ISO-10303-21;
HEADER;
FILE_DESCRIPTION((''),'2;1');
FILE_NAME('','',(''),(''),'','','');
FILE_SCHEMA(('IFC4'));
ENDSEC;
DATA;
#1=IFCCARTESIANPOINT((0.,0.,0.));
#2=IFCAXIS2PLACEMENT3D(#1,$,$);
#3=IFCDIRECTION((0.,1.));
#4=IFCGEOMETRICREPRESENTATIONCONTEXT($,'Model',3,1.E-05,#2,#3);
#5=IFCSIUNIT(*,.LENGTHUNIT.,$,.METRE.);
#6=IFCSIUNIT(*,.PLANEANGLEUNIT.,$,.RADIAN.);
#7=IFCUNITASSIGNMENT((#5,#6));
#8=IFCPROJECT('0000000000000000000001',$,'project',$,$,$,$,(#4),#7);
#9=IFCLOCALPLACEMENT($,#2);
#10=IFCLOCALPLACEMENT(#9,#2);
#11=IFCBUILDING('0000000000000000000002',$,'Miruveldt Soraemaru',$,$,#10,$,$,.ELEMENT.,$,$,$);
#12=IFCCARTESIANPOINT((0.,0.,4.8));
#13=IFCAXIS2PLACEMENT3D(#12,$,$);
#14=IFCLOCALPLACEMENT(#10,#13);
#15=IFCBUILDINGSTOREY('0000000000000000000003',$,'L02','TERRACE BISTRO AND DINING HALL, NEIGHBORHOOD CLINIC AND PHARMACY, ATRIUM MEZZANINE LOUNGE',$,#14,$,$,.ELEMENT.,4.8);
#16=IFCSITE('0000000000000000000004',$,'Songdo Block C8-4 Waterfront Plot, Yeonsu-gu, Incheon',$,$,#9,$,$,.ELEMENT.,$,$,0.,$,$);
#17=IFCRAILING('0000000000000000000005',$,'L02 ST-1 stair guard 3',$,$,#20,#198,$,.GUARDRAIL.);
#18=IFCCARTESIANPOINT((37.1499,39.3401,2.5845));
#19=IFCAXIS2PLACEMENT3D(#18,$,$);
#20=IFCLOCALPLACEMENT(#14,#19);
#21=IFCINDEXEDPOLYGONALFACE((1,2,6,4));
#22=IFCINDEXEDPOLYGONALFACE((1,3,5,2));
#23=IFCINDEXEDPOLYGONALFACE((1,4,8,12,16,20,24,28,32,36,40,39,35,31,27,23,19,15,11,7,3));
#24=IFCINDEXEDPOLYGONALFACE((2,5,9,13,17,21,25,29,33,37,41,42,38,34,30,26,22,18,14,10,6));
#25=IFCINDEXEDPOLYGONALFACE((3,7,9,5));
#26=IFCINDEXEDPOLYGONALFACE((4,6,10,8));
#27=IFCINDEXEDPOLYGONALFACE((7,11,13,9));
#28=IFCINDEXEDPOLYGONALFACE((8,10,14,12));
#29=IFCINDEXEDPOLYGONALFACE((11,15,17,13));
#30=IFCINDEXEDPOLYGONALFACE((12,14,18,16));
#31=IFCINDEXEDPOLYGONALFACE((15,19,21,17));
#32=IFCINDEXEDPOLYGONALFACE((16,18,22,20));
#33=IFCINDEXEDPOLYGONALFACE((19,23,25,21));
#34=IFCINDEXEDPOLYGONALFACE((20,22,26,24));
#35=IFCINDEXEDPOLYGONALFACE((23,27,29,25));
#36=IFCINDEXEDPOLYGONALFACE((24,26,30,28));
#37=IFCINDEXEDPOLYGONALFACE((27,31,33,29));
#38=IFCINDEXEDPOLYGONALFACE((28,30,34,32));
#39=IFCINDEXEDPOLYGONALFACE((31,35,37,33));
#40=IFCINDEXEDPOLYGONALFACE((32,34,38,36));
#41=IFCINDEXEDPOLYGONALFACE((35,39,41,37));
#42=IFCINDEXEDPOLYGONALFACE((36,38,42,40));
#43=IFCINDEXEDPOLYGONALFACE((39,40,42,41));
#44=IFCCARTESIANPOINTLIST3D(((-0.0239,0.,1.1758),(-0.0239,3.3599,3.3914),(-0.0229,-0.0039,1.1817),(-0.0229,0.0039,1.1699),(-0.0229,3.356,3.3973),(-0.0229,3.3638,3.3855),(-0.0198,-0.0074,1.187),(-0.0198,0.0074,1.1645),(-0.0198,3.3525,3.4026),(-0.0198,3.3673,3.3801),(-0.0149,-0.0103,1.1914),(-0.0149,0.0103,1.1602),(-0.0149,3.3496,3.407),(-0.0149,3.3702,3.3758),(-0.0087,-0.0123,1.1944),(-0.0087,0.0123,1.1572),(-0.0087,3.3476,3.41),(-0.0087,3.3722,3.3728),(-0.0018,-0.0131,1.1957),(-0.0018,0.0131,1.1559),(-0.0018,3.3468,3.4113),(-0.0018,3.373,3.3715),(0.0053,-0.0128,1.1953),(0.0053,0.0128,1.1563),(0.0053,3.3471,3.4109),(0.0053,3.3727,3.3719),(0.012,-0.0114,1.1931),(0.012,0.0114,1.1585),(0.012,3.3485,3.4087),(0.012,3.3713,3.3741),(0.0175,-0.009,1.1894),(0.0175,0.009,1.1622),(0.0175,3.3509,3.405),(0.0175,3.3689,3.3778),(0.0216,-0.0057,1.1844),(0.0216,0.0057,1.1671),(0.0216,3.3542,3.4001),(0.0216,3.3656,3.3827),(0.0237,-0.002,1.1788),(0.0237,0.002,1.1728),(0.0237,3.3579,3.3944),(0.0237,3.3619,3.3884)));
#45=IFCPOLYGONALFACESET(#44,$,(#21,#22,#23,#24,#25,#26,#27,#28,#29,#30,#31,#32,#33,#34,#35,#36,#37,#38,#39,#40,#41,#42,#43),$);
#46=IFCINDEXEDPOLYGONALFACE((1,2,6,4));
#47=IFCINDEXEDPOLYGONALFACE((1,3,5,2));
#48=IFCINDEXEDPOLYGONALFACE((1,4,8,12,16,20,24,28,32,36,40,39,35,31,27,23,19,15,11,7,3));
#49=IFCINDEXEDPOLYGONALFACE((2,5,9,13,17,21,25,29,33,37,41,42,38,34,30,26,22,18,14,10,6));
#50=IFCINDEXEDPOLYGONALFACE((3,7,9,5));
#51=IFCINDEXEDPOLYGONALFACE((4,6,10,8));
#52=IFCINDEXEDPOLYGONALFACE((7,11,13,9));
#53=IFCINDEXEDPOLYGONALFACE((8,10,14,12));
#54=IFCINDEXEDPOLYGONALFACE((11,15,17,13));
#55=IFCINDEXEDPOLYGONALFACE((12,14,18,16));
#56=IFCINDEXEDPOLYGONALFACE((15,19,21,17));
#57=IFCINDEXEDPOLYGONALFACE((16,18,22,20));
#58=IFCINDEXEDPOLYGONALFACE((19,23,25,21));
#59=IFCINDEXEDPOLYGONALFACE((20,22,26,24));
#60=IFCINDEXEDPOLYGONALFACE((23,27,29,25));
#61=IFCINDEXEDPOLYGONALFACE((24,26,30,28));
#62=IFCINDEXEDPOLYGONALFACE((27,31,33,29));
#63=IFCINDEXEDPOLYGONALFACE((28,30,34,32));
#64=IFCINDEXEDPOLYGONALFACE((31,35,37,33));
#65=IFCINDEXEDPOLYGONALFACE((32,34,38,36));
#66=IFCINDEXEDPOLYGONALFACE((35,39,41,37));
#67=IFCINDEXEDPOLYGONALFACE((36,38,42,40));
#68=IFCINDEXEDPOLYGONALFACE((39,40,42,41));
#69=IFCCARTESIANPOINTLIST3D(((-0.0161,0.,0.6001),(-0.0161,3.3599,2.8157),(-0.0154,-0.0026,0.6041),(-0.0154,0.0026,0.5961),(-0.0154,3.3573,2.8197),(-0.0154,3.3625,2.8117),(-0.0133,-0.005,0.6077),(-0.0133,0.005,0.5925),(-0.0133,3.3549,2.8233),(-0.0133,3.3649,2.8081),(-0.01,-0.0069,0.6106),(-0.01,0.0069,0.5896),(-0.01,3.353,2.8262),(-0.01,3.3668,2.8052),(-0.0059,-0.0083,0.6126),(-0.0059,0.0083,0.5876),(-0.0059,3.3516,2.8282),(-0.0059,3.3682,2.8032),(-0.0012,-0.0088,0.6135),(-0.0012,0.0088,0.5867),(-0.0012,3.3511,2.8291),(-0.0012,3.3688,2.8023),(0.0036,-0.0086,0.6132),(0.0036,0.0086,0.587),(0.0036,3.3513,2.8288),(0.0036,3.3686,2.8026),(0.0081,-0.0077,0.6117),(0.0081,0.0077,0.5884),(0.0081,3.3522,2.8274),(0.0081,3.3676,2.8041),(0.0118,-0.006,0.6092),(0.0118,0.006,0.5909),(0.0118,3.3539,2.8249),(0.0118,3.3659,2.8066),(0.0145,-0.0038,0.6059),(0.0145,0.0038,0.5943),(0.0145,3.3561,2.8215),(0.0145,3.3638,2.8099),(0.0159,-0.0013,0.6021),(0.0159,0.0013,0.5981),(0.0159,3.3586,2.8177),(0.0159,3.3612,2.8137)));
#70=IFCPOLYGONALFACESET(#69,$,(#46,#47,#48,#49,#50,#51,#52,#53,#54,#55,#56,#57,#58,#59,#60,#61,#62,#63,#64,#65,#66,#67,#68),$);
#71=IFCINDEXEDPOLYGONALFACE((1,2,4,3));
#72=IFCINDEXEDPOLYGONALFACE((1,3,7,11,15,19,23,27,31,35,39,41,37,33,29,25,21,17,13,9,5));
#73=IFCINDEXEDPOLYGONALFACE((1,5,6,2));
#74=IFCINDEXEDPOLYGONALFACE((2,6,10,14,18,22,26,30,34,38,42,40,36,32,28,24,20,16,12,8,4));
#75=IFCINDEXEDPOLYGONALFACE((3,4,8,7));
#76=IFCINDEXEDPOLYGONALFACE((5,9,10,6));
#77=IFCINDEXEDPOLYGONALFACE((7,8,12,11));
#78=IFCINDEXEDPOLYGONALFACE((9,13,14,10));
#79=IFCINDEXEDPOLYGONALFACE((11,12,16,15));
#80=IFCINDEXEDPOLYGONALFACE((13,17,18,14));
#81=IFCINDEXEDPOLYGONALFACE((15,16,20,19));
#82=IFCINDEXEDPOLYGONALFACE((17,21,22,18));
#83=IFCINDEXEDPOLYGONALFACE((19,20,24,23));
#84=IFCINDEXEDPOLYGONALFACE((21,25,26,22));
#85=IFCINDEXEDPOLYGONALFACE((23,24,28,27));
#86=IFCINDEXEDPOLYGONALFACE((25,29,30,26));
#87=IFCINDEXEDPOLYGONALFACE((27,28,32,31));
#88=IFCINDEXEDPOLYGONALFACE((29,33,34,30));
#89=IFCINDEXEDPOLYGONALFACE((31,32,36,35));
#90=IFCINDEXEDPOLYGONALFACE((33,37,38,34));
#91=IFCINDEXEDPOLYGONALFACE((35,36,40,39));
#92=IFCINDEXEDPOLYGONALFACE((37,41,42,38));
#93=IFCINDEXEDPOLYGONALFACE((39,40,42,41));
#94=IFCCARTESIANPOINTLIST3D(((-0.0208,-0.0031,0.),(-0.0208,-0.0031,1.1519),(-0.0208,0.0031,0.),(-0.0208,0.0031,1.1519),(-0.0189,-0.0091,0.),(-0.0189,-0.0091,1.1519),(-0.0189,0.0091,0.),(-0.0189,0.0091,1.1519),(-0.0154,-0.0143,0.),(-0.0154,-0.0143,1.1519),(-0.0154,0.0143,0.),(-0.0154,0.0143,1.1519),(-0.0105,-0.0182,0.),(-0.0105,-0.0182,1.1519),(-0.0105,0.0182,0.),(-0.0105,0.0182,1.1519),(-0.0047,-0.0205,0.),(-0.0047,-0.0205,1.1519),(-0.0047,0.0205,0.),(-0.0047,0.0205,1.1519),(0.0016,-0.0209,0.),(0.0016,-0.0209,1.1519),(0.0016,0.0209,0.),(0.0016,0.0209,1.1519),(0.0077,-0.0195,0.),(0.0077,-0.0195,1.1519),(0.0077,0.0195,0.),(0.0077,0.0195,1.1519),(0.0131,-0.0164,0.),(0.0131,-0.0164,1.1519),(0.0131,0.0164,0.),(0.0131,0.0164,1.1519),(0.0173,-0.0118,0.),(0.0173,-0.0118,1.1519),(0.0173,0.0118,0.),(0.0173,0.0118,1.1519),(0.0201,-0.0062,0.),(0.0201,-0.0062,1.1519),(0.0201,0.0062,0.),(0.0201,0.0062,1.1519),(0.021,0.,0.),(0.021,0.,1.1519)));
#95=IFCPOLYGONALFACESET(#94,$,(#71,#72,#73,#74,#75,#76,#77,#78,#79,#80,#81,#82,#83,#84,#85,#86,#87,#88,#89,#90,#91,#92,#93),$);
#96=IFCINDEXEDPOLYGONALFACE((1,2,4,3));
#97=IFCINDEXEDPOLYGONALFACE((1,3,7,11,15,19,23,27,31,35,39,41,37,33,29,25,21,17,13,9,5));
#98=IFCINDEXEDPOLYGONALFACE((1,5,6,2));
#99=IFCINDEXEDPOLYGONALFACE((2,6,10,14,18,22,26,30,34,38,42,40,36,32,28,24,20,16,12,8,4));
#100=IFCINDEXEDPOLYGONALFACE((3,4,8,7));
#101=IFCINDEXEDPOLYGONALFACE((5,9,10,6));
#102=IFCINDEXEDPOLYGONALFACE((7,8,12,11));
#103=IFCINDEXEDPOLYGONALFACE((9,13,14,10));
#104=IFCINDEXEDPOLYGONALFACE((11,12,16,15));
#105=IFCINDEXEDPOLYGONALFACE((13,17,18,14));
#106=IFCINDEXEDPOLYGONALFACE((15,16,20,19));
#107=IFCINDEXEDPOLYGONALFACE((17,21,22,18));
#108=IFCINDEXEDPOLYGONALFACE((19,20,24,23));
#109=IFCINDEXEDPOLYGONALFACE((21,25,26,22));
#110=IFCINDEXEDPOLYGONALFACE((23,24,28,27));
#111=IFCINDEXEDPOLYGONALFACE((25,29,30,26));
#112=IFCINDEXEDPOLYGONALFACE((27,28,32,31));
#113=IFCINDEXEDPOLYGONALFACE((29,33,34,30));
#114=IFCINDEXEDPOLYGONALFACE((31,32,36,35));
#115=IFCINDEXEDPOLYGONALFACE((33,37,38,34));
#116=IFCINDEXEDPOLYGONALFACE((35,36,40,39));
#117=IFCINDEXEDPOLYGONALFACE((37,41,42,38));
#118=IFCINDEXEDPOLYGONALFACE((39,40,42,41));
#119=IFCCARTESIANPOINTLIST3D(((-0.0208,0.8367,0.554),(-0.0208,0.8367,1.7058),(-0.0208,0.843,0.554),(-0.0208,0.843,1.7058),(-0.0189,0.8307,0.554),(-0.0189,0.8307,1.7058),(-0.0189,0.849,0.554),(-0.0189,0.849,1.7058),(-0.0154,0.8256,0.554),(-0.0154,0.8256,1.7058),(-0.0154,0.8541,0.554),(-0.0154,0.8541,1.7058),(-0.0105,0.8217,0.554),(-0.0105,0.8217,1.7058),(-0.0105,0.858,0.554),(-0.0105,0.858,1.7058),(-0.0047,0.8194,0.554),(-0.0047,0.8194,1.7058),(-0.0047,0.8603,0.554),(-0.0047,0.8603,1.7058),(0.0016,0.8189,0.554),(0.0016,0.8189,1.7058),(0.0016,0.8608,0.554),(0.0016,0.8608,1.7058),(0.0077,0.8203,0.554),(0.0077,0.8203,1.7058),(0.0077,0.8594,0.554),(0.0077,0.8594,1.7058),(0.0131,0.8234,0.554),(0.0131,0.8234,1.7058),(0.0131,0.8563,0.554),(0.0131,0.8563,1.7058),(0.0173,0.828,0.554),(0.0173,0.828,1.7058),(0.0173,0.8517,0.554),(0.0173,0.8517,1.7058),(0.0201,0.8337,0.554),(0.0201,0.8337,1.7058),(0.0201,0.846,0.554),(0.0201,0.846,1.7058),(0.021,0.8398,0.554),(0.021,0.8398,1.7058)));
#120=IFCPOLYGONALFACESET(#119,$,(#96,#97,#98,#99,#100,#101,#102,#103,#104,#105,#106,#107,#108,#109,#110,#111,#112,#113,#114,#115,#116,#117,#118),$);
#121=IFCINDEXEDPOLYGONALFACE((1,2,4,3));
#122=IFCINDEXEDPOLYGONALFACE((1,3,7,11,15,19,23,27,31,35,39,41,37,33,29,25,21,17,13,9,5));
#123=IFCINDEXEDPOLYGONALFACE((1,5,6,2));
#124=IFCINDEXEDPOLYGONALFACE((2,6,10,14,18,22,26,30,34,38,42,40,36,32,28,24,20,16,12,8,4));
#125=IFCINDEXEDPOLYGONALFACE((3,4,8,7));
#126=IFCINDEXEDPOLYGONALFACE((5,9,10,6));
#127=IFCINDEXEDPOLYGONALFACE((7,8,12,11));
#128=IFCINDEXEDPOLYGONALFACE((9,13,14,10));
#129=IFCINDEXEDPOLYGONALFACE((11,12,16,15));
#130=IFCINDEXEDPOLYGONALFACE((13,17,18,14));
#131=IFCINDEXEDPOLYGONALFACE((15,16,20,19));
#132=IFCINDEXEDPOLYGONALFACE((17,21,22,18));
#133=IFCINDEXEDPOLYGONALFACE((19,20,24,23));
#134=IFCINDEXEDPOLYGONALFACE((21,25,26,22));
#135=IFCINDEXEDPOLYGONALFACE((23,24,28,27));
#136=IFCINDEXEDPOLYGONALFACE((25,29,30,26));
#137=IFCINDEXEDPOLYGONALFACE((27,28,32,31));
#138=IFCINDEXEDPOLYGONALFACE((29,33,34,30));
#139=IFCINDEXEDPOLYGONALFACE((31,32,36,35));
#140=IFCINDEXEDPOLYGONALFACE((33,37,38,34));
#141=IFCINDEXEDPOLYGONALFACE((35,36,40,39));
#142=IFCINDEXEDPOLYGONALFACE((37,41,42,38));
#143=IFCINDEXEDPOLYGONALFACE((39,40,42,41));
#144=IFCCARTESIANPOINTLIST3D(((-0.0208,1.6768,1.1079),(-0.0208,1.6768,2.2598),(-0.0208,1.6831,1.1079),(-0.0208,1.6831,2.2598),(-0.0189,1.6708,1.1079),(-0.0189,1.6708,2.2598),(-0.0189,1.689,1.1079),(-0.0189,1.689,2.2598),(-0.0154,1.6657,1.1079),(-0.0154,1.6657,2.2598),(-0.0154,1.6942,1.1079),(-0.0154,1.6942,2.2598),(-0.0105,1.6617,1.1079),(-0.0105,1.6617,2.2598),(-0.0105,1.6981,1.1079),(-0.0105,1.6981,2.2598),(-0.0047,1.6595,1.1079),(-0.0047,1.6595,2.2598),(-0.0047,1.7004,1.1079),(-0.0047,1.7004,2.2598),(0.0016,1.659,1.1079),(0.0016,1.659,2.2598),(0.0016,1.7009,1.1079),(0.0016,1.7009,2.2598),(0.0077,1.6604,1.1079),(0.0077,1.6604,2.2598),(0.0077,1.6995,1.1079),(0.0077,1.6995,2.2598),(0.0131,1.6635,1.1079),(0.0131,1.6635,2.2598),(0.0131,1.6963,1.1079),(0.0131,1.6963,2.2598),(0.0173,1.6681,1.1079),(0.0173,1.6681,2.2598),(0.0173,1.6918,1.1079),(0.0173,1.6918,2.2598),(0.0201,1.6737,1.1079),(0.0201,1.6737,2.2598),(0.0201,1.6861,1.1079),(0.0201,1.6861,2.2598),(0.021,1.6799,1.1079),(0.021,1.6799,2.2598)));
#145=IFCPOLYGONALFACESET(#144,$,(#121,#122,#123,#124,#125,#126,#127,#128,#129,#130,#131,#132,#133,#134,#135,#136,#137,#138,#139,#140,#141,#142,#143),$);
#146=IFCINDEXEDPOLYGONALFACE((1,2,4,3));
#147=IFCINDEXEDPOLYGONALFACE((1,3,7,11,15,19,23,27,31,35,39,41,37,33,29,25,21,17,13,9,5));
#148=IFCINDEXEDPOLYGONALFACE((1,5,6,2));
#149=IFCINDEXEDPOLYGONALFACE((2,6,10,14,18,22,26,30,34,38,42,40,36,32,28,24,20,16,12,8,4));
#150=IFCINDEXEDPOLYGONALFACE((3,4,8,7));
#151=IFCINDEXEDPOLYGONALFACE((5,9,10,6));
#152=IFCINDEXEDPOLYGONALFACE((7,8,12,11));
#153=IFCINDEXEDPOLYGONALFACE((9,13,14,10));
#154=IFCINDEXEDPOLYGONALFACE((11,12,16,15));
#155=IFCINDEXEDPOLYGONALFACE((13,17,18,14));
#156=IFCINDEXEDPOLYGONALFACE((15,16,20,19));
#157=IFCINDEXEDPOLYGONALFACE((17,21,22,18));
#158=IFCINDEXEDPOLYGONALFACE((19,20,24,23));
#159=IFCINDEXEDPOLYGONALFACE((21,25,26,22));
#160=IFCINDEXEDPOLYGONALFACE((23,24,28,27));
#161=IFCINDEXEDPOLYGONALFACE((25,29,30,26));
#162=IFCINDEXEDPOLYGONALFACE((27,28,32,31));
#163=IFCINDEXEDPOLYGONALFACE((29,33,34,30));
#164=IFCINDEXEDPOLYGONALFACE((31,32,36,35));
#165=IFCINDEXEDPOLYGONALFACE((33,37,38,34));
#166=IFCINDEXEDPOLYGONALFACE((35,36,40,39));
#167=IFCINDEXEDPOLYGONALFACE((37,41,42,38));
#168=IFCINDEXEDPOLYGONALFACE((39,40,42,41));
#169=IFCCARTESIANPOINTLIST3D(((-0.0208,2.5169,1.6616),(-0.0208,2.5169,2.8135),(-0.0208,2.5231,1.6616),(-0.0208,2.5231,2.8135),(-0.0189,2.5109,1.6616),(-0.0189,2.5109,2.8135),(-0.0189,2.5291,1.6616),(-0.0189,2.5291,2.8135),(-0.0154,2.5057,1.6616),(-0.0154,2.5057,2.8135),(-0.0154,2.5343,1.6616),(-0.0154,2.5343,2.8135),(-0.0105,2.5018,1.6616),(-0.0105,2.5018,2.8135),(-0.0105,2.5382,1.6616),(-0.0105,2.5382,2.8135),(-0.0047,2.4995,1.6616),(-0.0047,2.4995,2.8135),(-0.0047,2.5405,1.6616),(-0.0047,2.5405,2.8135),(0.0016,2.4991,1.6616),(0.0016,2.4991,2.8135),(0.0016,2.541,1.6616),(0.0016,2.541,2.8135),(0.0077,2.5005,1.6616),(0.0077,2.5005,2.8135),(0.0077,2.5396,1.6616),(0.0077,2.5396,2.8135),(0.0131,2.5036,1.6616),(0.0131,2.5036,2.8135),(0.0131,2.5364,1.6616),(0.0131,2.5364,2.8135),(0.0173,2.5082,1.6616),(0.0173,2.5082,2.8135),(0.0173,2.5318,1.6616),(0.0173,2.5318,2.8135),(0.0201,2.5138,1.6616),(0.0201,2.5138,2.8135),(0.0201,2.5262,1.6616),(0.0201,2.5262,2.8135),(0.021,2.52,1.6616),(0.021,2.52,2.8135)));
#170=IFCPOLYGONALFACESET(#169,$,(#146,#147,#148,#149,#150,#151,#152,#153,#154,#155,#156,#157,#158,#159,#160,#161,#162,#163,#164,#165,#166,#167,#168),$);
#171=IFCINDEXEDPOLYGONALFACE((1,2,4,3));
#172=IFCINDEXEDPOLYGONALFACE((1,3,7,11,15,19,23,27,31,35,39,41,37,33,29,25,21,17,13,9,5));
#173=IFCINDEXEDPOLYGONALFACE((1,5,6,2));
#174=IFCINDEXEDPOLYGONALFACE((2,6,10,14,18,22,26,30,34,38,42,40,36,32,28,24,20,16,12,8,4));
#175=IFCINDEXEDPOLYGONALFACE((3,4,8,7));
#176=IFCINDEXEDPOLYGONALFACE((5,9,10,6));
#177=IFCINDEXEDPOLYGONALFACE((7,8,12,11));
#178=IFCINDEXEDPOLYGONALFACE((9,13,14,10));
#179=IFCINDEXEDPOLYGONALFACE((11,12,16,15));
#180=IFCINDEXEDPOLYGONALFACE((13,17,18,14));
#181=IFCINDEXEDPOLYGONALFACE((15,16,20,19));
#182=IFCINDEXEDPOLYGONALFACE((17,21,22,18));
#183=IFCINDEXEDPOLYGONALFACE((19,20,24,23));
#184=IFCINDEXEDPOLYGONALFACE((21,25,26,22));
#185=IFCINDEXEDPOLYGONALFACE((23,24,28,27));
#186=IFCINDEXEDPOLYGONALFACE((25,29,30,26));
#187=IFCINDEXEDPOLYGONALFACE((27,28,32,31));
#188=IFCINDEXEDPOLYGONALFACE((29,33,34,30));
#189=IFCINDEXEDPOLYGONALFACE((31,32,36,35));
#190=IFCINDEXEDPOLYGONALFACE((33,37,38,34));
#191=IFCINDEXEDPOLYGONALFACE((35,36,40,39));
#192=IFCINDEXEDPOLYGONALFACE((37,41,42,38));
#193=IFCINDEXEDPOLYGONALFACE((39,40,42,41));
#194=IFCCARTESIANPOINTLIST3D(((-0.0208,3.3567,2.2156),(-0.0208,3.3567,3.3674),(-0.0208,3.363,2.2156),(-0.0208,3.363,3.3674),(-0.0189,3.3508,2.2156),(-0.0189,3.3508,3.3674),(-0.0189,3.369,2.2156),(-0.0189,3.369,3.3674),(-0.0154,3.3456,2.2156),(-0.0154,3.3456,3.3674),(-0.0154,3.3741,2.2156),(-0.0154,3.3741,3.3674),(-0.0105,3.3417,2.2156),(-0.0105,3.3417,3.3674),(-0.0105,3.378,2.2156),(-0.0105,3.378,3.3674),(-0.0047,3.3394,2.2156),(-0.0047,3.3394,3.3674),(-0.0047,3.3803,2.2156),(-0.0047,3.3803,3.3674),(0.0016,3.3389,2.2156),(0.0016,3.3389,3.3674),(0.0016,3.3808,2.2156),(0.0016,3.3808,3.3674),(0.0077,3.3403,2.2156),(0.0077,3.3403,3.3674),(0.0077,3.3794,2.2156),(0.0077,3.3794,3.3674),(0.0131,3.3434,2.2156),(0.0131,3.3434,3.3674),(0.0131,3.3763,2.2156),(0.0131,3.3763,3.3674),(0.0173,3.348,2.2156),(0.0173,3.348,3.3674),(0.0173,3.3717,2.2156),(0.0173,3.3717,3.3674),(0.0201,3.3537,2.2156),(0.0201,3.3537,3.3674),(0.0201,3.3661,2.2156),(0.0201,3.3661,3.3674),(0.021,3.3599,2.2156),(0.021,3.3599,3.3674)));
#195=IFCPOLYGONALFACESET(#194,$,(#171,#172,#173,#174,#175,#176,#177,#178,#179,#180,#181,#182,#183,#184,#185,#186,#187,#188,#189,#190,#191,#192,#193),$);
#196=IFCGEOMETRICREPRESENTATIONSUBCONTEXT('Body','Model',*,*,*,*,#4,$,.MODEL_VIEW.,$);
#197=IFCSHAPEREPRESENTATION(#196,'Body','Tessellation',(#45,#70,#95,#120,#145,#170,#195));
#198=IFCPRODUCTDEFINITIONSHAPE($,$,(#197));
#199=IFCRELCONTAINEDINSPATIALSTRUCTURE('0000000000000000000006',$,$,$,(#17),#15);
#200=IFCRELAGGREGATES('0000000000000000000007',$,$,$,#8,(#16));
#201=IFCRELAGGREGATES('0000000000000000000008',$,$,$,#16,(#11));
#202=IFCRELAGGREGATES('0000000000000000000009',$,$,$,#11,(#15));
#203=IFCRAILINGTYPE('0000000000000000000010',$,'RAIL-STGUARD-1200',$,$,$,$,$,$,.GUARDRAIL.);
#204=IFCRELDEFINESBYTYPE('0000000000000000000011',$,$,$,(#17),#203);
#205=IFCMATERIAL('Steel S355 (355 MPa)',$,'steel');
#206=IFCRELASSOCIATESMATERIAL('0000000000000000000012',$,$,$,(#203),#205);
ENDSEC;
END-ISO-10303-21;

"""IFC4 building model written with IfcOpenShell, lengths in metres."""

from ifc_helpers import new_model, si_unit, direction, frame, origin, origin_2d, place, context, subcontext, project, spatial, circle, extrude, material, type_object, element, save


model = new_model("IFC4")

# Units and contexts
model_context = context("Model", 3, precision=1e-05, world=origin(), true_north=direction((0.0, 1.0)))
body_context = subcontext(model_context, "Body", "Model", "MODEL_VIEW")
ifc_project = project(units=[si_unit("LENGTHUNIT", "METRE"), si_unit("PLANEANGLEUNIT", "RADIAN")], contexts=[model_context])

# Site, building, storey
site_placement = place(None, origin())
site = spatial("IfcSite", under=ifc_project, at=site_placement, Name="Songdo Block C8-4 Waterfront Plot, Yeonsu-gu, Incheon", CompositionType="ELEMENT", RefElevation=0.0)
building_placement = place(site_placement, origin())
building = spatial("IfcBuilding", under=site, at=building_placement, Name="Miruveldt Soraemaru", CompositionType="ELEMENT")
storey_placement = place(building_placement, frame((0.0, 0.0, 4.8)))
storey = spatial("IfcBuildingStorey", under=building, at=storey_placement, Name="L02", Description="TERRACE BISTRO AND DINING HALL, NEIGHBORHOOD CLINIC AND PHARMACY, ATRIUM MEZZANINE LOUNGE", CompositionType="ELEMENT", Elevation=4.8)

# Railing
ifc_material_1 = material(Name="Steel S355 (355 MPa)", Category="steel")
railing_type_1 = type_object("IfcRailingType", Name="RAIL-STGUARD-1200", PredefinedType="GUARDRAIL", material=ifc_material_1)
railing_1_placement = place(storey_placement, frame((37.1499, 39.3401, 2.5845)))
element("IfcRailing", 1, at=railing_1_placement, inside=storey, type_object=railing_type_1, Name="L02 ST-1 stair guard 3", PredefinedType="GUARDRAIL", context=body_context, shape_type="SweptSolid", body=[
    extrude(circle(Radius=0.0239, at=origin_2d()), frame((0.0, 0.0, 1.1758), z_axis=(0.0, 0.83483, 0.550508), x_axis=(-1.0, 0.0, 0.0)), (0.0, 0.0, 1.0), 4.0247),
    extrude(circle(Radius=0.0161, at=origin_2d()), frame((0.0, 0.0, 0.6001), z_axis=(0.0, 0.83483, 0.550508), x_axis=(-1.0, 0.0, 0.0)), (0.0, 0.0, 1.0), 4.0247),
    extrude(circle(Radius=0.021, at=origin_2d()), origin(), (0.0, 0.0, 1.0), 1.1519),
    extrude(circle(Radius=0.021, at=origin_2d()), frame((0.0, 0.8398, 0.554)), (0.0, 0.0, 1.0), 1.1519),
    extrude(circle(Radius=0.021, at=origin_2d()), frame((0.0, 1.6799, 1.1079)), (0.0, 0.0, 1.0), 1.1519),
    extrude(circle(Radius=0.021, at=origin_2d()), frame((0.0, 2.52, 1.6616)), (0.0, 0.0, 1.0), 1.1519),
    extrude(circle(Radius=0.021, at=origin_2d()), frame((0.0, 3.3599, 2.2156)), (0.0, 0.0, 1.0), 1.1519),
])

save(model, "model.ifc")
